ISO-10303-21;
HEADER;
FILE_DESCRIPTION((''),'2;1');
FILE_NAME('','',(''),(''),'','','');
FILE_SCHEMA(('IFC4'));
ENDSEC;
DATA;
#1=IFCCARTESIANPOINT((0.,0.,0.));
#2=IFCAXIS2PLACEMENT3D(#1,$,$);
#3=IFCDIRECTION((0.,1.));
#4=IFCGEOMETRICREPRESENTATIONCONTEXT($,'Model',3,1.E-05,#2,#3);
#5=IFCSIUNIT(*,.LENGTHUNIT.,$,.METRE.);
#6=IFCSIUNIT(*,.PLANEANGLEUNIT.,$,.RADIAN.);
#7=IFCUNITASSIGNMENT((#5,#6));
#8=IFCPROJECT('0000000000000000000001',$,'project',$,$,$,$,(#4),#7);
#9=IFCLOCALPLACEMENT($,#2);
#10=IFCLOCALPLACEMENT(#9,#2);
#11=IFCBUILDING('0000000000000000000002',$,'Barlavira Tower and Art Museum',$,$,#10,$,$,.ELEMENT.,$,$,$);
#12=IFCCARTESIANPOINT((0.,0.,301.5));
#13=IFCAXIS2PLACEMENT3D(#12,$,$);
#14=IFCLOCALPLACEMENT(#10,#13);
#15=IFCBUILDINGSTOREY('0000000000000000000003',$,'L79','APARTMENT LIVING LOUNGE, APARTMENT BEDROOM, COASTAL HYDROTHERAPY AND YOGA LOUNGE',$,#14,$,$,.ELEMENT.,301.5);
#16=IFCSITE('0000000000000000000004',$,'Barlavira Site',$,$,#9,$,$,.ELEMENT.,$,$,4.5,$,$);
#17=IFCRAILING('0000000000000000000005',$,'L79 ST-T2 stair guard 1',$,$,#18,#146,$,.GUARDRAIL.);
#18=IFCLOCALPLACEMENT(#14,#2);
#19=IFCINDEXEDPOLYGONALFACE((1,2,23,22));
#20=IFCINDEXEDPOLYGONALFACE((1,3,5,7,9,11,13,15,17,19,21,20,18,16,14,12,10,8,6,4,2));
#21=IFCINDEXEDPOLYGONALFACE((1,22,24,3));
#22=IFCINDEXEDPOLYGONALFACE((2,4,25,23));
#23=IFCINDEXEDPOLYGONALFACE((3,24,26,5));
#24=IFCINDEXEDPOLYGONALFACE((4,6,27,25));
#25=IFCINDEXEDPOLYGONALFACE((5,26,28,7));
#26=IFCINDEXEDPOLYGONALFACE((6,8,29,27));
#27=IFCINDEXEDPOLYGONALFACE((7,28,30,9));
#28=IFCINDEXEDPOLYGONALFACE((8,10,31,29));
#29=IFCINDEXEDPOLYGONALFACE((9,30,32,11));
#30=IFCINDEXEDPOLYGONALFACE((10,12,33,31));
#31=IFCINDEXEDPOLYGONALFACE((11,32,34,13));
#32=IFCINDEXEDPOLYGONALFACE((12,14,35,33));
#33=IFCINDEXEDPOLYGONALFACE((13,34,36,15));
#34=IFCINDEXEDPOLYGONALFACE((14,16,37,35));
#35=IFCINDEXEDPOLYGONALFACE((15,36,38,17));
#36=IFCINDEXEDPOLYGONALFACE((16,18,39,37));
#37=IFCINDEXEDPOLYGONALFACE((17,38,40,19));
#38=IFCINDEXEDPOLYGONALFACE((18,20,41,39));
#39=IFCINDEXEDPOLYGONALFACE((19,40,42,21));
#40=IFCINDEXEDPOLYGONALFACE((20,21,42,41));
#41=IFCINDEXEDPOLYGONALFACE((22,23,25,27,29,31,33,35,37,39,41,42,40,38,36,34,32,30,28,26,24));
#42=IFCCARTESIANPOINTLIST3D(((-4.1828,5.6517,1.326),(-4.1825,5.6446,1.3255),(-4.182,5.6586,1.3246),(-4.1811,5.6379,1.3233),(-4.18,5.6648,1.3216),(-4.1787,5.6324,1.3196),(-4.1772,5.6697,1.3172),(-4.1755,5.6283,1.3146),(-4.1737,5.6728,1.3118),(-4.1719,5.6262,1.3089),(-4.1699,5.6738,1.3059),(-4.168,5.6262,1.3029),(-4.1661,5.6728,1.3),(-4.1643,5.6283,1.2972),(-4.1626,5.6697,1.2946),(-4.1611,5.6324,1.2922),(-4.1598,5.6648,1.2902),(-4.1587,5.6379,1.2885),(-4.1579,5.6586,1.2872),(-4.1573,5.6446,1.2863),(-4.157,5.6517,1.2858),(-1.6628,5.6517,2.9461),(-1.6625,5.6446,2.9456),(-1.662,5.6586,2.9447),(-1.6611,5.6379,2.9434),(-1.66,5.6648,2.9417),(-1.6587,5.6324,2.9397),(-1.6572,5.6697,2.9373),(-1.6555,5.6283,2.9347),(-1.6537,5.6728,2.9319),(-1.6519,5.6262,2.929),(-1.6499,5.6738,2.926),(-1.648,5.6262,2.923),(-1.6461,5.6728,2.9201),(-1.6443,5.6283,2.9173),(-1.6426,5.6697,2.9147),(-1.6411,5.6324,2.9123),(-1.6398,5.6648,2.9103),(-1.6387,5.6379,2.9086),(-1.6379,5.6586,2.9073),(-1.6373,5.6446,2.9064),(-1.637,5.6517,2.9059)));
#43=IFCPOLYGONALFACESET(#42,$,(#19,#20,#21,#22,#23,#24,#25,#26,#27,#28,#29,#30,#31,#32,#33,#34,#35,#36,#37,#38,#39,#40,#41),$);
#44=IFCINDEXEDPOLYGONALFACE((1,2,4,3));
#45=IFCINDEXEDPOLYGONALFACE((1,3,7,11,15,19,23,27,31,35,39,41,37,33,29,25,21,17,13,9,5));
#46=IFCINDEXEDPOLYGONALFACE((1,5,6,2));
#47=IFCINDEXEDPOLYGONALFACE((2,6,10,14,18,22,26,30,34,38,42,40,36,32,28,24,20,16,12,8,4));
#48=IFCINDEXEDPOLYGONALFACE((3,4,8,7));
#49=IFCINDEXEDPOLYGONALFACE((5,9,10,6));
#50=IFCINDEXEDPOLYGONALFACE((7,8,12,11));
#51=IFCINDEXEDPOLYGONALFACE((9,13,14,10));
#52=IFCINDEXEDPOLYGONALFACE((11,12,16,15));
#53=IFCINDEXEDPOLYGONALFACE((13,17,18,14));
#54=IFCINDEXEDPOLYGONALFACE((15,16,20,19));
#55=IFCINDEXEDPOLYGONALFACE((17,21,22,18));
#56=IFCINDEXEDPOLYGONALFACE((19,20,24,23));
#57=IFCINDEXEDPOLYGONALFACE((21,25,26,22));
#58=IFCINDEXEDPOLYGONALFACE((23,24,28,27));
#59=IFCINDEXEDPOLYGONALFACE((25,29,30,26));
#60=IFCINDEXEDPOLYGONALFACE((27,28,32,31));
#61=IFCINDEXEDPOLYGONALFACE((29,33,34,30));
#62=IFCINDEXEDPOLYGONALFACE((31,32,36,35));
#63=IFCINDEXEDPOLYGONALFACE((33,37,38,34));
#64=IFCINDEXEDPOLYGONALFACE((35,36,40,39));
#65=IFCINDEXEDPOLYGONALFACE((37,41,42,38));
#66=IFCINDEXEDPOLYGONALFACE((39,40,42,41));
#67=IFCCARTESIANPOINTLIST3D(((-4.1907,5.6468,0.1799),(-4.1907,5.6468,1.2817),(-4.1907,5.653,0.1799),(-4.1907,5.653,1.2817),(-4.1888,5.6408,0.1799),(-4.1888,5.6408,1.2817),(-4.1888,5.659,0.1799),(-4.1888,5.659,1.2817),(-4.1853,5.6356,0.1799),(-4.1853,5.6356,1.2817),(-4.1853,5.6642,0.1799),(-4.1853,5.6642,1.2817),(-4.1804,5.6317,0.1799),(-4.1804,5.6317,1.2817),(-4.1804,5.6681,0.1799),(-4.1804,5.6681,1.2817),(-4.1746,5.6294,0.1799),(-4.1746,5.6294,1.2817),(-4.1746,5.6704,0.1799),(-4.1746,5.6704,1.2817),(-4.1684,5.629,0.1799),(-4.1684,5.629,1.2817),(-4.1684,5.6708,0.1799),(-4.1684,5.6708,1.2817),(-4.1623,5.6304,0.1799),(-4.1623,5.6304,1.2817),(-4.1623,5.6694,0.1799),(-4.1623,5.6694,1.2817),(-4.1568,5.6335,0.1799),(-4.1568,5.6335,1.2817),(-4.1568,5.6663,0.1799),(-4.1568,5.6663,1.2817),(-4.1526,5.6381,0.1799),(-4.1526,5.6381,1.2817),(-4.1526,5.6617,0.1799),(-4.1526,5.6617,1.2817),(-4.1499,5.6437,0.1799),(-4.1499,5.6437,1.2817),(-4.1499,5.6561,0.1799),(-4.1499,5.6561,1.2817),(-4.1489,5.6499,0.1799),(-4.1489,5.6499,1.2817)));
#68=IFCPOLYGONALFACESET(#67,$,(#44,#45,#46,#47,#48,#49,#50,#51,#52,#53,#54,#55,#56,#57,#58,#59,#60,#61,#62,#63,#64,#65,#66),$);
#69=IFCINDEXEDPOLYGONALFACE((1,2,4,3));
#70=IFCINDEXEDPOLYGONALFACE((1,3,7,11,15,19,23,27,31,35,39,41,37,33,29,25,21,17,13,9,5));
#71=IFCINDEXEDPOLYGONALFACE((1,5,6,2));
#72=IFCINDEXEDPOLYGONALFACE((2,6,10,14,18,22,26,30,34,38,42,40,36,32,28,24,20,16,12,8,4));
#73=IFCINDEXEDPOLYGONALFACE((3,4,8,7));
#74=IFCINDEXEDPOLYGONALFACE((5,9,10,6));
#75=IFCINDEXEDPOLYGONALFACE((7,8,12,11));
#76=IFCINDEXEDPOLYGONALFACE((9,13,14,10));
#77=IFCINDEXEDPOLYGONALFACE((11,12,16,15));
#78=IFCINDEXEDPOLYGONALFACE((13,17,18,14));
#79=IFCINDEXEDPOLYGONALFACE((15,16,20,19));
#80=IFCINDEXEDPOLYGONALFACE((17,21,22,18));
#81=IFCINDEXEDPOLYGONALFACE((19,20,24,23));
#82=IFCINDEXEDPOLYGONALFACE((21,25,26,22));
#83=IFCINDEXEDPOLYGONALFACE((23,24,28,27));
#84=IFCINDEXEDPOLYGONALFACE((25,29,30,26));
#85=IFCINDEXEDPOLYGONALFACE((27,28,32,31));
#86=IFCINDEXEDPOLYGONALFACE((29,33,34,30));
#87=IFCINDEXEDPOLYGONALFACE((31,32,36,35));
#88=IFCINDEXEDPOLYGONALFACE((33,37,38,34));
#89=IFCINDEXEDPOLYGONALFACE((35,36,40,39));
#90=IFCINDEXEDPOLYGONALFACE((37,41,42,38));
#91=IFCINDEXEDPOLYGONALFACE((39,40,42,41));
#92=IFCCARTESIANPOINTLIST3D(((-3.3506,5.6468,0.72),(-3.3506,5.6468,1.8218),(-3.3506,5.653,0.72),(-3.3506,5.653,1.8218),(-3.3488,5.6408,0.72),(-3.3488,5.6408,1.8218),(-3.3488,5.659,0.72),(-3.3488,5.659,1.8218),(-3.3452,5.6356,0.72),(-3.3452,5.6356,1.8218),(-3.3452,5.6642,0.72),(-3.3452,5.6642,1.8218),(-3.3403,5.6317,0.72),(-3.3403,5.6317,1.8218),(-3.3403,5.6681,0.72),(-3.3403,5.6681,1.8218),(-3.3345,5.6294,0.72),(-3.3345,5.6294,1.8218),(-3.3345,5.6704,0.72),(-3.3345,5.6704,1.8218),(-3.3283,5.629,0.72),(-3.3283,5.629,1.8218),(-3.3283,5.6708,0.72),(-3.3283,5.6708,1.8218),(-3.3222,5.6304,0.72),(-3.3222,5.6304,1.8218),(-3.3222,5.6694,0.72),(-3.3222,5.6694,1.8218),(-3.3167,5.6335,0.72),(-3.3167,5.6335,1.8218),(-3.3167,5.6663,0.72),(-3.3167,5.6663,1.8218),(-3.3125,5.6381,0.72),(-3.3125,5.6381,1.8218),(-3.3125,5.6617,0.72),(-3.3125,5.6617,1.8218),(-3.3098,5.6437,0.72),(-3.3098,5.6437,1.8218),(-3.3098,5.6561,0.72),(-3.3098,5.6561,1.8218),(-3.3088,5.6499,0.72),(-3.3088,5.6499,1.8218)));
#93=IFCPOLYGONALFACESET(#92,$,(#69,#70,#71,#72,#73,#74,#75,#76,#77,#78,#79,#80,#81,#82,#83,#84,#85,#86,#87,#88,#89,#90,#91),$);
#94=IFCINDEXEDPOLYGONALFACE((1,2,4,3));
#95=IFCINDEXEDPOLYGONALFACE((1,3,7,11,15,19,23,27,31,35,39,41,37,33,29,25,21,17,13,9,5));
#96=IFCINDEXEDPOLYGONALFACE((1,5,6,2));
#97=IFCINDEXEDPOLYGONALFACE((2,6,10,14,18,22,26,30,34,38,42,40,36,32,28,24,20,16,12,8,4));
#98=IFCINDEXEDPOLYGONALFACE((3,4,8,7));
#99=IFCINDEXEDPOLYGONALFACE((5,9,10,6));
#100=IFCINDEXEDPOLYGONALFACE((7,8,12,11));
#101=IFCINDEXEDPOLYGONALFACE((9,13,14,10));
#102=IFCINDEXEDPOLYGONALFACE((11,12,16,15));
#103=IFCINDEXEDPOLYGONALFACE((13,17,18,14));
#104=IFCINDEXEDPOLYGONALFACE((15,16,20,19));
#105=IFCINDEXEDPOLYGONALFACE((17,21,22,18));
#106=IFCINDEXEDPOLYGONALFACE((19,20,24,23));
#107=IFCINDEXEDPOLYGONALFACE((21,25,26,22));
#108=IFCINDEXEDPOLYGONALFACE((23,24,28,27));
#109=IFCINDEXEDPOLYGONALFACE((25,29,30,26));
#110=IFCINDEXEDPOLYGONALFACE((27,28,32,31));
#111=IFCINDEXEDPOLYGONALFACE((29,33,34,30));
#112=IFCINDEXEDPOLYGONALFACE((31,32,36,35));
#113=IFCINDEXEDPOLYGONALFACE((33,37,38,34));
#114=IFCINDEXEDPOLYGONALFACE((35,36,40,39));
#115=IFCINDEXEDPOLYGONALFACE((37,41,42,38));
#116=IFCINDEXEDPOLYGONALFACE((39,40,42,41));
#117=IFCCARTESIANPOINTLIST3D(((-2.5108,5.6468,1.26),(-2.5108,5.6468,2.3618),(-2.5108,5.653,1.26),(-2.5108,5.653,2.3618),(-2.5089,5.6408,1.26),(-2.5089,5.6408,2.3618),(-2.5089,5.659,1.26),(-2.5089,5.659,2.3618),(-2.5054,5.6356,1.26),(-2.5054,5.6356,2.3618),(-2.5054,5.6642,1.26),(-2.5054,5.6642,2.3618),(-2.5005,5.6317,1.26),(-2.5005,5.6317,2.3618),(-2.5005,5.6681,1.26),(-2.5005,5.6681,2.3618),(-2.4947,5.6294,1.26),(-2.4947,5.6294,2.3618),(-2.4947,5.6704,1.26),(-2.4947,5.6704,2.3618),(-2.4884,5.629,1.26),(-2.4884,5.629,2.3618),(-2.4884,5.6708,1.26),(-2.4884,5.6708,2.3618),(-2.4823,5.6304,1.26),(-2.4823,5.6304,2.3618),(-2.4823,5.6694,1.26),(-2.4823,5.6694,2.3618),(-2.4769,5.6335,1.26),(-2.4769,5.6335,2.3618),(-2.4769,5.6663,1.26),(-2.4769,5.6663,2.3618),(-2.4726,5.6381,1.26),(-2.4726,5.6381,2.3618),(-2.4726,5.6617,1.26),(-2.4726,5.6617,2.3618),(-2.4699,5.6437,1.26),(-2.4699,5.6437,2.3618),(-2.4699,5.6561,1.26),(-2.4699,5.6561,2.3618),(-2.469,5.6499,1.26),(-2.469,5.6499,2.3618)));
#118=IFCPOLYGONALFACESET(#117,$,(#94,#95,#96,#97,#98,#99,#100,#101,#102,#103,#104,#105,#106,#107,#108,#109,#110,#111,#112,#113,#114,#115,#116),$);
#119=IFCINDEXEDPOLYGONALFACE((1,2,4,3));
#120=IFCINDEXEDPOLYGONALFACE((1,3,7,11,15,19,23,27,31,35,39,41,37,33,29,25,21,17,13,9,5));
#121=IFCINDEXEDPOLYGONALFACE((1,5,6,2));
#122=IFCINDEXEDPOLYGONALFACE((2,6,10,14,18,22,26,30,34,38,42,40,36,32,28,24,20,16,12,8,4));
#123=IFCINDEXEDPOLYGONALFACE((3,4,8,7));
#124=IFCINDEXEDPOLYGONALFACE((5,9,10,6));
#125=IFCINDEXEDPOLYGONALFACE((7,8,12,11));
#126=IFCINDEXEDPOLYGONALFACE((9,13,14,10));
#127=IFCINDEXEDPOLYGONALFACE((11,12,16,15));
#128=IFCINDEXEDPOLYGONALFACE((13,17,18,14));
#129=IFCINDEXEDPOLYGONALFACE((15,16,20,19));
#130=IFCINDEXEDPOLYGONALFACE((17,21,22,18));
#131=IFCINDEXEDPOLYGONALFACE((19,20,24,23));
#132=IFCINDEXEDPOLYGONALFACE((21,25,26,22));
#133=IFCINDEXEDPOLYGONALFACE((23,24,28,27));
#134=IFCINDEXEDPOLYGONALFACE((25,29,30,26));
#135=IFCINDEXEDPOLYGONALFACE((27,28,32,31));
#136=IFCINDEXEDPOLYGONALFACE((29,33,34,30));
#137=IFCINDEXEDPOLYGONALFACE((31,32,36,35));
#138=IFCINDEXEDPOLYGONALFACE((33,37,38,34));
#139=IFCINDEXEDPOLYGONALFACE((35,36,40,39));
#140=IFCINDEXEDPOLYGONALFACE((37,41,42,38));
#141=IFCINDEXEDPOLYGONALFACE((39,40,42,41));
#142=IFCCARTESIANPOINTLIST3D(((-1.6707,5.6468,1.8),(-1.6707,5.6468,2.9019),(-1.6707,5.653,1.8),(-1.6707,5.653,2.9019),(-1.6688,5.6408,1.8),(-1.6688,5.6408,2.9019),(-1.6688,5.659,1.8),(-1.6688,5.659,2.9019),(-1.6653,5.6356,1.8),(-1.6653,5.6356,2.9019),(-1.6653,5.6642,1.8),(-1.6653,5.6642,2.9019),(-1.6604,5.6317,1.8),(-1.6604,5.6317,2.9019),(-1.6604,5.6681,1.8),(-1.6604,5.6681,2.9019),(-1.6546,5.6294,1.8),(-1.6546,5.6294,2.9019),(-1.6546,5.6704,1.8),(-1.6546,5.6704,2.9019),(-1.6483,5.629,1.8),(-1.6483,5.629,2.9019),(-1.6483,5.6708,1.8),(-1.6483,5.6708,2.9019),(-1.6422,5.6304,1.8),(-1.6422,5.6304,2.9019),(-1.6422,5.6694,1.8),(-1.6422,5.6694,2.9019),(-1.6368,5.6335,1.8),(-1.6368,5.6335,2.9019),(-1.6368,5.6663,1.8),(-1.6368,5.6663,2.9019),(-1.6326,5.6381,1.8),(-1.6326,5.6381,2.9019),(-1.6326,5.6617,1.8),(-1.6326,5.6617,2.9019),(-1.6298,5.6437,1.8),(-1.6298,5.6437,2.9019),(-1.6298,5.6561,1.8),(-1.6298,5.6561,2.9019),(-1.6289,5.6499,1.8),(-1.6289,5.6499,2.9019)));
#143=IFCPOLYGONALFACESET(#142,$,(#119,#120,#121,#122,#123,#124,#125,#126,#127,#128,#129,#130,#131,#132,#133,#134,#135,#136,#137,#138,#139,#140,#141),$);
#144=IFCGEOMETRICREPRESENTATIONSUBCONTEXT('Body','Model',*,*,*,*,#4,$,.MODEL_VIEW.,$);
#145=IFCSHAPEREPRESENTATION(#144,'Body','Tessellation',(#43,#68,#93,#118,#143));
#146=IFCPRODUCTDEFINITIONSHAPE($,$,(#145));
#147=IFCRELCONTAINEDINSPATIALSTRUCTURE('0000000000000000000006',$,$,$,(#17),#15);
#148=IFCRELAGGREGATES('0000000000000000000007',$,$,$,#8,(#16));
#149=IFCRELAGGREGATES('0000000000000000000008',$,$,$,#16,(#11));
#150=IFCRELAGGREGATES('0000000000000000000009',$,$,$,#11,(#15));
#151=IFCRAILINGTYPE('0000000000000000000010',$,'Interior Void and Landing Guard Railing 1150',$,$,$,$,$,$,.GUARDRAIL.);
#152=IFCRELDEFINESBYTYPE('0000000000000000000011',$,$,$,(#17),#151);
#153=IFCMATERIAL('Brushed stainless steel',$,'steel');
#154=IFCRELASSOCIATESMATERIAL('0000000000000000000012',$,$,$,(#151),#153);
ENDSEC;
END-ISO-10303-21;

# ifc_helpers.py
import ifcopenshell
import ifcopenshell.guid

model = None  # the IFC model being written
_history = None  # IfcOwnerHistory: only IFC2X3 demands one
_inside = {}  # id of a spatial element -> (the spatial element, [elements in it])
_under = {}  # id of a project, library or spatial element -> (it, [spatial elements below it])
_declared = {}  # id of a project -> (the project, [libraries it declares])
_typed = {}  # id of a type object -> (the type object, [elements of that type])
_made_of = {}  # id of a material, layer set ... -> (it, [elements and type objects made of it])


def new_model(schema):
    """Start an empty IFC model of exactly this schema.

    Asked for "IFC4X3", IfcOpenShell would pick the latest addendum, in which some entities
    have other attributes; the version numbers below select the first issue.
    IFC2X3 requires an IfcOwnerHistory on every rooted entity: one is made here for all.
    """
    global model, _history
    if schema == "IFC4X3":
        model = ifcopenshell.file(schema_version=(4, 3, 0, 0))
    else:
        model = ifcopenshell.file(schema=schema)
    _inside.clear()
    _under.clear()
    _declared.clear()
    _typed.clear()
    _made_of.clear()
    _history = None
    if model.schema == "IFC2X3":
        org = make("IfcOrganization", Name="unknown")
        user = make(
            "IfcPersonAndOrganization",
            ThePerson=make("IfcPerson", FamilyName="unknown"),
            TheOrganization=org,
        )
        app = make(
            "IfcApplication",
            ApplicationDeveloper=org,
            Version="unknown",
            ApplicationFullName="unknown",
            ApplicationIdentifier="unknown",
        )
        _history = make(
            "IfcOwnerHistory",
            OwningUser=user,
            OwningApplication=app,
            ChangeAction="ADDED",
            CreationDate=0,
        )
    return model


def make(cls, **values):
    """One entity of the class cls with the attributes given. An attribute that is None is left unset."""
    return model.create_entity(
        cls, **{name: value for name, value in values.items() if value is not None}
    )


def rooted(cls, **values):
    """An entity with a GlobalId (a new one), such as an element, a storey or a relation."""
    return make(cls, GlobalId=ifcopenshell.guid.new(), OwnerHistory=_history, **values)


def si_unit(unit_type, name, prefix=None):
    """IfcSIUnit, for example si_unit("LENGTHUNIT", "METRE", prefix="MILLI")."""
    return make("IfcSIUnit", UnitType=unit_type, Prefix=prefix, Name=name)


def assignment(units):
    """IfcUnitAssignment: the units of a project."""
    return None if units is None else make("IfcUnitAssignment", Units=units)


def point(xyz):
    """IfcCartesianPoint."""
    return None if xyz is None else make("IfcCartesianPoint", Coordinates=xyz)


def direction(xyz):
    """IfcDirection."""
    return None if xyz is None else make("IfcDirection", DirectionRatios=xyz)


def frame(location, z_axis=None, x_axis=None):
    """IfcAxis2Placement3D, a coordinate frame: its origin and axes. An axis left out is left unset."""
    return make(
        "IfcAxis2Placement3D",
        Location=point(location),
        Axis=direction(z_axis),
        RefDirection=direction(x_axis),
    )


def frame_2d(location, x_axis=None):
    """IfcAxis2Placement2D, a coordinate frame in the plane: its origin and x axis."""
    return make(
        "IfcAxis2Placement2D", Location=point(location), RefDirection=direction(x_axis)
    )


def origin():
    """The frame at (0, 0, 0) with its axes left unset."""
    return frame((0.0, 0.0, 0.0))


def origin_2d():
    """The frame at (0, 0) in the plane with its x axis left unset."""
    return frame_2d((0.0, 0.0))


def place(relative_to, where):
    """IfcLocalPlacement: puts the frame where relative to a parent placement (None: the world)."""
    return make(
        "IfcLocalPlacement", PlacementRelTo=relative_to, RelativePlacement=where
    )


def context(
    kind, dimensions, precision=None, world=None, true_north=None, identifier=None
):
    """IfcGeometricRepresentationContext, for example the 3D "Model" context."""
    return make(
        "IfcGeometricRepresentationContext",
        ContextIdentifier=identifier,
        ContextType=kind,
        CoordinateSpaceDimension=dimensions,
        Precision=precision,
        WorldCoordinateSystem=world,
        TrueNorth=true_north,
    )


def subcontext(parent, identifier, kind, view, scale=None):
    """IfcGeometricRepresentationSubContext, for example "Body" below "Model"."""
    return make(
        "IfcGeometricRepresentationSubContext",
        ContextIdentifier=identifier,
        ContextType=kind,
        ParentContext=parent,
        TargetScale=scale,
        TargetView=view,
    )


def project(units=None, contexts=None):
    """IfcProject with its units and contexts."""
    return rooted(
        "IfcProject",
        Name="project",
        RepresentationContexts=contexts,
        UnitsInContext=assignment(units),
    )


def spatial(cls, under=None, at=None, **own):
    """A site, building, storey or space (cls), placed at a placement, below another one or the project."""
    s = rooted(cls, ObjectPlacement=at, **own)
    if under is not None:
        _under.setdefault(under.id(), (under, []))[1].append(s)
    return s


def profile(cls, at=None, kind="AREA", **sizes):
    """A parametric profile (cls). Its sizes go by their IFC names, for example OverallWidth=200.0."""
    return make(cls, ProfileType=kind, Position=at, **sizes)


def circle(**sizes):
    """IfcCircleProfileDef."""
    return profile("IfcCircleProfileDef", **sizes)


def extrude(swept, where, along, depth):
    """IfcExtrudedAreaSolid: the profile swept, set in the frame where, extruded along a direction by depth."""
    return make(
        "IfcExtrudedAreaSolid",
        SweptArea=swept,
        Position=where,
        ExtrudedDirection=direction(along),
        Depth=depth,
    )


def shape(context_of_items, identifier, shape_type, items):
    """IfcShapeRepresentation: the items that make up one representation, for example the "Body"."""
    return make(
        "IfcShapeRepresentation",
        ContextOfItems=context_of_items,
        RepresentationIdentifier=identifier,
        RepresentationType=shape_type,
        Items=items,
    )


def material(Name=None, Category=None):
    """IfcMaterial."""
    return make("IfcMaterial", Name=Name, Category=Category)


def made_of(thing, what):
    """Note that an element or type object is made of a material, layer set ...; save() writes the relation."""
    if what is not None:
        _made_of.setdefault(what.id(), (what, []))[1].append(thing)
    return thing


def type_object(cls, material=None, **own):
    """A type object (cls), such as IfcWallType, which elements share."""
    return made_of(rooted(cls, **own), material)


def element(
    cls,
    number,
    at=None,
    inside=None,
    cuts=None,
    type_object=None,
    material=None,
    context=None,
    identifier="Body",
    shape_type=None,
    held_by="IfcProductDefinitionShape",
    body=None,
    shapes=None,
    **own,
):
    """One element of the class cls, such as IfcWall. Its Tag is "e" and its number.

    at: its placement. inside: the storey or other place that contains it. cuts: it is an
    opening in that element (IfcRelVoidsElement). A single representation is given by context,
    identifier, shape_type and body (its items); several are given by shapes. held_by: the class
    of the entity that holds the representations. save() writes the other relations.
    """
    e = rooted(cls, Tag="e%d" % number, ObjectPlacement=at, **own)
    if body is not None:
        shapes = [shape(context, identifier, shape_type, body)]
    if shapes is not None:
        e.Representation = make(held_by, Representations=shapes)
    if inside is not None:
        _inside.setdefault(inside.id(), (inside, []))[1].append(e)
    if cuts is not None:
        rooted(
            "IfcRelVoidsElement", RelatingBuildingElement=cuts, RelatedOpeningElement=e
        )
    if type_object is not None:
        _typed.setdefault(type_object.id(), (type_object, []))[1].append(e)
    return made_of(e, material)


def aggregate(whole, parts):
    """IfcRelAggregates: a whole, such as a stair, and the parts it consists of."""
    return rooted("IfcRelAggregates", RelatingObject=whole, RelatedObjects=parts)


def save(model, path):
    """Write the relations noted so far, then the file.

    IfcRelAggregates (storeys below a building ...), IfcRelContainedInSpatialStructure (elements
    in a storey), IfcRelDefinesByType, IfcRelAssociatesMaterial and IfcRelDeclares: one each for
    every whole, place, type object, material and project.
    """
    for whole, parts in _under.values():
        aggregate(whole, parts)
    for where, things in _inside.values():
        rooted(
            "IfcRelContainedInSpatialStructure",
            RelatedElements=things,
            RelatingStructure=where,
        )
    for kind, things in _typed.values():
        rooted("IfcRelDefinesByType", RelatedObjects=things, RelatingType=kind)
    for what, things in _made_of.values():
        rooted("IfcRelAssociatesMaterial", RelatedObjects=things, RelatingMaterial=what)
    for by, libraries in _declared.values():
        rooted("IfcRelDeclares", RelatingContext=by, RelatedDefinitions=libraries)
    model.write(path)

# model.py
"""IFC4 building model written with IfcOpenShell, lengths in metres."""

from ifc_helpers import new_model, si_unit, direction, frame, origin, origin_2d, place, context, subcontext, project, spatial, circle, extrude, material, type_object, element, save


model = new_model("IFC4")

# Units and contexts
model_context = context("Model", 3, precision=1e-05, world=origin(), true_north=direction((0.0, 1.0)))
body_context = subcontext(model_context, "Body", "Model", "MODEL_VIEW")
ifc_project = project(units=[si_unit("LENGTHUNIT", "METRE"), si_unit("PLANEANGLEUNIT", "RADIAN")], contexts=[model_context])

# Site, building, storey
site_placement = place(None, origin())
site = spatial("IfcSite", under=ifc_project, at=site_placement, Name="Barlavira Site", CompositionType="ELEMENT", RefElevation=4.5)
building_placement = place(site_placement, origin())
building = spatial("IfcBuilding", under=site, at=building_placement, Name="Barlavira Tower and Art Museum", CompositionType="ELEMENT")
storey_placement = place(building_placement, frame((0.0, 0.0, 301.5)))
storey = spatial("IfcBuildingStorey", under=building, at=storey_placement, Name="L79", Description="APARTMENT LIVING LOUNGE, APARTMENT BEDROOM, COASTAL HYDROTHERAPY AND YOGA LOUNGE", CompositionType="ELEMENT", Elevation=301.5)

# Shared definitions
ifc_material_1 = material(Name="Brushed stainless steel", Category="steel")

# Railing
railing_type_1 = type_object("IfcRailingType", Name="Interior Void and Landing Guard Railing 1150", PredefinedType="GUARDRAIL", material=ifc_material_1)
railing_1_placement = place(storey_placement, frame((-4.1699, 5.6499, 0.1799)))
element("IfcRailing", 1, at=railing_1_placement, inside=storey, type_object=railing_type_1, Name="L79 ST-T2 stair guard 1", PredefinedType="GUARDRAIL", context=body_context, shape_type="SweptSolid", body=[
    extrude(circle(Radius=0.0239, at=origin_2d()), frame((0.0, 0.0, 1.126), z_axis=(0.841163, 0.0, 0.540782), x_axis=(0.0, 1.0, 0.0)), (0.0, 0.0, 1.0), 2.9958),
    extrude(circle(Radius=0.021, at=origin_2d()), origin(), (0.0, 0.0, 1.0), 1.1018),
    extrude(circle(Radius=0.021, at=origin_2d()), frame((0.8401, 0.0, 0.54)), (0.0, 0.0, 1.0), 1.1018),
    extrude(circle(Radius=0.021, at=origin_2d()), frame((1.6799, 0.0, 1.0801)), (0.0, 0.0, 1.0), 1.1018),
    extrude(circle(Radius=0.021, at=origin_2d()), frame((2.52, 0.0, 1.6201)), (0.0, 0.0, 1.0), 1.1018),
])

save(model, "model.ifc")
